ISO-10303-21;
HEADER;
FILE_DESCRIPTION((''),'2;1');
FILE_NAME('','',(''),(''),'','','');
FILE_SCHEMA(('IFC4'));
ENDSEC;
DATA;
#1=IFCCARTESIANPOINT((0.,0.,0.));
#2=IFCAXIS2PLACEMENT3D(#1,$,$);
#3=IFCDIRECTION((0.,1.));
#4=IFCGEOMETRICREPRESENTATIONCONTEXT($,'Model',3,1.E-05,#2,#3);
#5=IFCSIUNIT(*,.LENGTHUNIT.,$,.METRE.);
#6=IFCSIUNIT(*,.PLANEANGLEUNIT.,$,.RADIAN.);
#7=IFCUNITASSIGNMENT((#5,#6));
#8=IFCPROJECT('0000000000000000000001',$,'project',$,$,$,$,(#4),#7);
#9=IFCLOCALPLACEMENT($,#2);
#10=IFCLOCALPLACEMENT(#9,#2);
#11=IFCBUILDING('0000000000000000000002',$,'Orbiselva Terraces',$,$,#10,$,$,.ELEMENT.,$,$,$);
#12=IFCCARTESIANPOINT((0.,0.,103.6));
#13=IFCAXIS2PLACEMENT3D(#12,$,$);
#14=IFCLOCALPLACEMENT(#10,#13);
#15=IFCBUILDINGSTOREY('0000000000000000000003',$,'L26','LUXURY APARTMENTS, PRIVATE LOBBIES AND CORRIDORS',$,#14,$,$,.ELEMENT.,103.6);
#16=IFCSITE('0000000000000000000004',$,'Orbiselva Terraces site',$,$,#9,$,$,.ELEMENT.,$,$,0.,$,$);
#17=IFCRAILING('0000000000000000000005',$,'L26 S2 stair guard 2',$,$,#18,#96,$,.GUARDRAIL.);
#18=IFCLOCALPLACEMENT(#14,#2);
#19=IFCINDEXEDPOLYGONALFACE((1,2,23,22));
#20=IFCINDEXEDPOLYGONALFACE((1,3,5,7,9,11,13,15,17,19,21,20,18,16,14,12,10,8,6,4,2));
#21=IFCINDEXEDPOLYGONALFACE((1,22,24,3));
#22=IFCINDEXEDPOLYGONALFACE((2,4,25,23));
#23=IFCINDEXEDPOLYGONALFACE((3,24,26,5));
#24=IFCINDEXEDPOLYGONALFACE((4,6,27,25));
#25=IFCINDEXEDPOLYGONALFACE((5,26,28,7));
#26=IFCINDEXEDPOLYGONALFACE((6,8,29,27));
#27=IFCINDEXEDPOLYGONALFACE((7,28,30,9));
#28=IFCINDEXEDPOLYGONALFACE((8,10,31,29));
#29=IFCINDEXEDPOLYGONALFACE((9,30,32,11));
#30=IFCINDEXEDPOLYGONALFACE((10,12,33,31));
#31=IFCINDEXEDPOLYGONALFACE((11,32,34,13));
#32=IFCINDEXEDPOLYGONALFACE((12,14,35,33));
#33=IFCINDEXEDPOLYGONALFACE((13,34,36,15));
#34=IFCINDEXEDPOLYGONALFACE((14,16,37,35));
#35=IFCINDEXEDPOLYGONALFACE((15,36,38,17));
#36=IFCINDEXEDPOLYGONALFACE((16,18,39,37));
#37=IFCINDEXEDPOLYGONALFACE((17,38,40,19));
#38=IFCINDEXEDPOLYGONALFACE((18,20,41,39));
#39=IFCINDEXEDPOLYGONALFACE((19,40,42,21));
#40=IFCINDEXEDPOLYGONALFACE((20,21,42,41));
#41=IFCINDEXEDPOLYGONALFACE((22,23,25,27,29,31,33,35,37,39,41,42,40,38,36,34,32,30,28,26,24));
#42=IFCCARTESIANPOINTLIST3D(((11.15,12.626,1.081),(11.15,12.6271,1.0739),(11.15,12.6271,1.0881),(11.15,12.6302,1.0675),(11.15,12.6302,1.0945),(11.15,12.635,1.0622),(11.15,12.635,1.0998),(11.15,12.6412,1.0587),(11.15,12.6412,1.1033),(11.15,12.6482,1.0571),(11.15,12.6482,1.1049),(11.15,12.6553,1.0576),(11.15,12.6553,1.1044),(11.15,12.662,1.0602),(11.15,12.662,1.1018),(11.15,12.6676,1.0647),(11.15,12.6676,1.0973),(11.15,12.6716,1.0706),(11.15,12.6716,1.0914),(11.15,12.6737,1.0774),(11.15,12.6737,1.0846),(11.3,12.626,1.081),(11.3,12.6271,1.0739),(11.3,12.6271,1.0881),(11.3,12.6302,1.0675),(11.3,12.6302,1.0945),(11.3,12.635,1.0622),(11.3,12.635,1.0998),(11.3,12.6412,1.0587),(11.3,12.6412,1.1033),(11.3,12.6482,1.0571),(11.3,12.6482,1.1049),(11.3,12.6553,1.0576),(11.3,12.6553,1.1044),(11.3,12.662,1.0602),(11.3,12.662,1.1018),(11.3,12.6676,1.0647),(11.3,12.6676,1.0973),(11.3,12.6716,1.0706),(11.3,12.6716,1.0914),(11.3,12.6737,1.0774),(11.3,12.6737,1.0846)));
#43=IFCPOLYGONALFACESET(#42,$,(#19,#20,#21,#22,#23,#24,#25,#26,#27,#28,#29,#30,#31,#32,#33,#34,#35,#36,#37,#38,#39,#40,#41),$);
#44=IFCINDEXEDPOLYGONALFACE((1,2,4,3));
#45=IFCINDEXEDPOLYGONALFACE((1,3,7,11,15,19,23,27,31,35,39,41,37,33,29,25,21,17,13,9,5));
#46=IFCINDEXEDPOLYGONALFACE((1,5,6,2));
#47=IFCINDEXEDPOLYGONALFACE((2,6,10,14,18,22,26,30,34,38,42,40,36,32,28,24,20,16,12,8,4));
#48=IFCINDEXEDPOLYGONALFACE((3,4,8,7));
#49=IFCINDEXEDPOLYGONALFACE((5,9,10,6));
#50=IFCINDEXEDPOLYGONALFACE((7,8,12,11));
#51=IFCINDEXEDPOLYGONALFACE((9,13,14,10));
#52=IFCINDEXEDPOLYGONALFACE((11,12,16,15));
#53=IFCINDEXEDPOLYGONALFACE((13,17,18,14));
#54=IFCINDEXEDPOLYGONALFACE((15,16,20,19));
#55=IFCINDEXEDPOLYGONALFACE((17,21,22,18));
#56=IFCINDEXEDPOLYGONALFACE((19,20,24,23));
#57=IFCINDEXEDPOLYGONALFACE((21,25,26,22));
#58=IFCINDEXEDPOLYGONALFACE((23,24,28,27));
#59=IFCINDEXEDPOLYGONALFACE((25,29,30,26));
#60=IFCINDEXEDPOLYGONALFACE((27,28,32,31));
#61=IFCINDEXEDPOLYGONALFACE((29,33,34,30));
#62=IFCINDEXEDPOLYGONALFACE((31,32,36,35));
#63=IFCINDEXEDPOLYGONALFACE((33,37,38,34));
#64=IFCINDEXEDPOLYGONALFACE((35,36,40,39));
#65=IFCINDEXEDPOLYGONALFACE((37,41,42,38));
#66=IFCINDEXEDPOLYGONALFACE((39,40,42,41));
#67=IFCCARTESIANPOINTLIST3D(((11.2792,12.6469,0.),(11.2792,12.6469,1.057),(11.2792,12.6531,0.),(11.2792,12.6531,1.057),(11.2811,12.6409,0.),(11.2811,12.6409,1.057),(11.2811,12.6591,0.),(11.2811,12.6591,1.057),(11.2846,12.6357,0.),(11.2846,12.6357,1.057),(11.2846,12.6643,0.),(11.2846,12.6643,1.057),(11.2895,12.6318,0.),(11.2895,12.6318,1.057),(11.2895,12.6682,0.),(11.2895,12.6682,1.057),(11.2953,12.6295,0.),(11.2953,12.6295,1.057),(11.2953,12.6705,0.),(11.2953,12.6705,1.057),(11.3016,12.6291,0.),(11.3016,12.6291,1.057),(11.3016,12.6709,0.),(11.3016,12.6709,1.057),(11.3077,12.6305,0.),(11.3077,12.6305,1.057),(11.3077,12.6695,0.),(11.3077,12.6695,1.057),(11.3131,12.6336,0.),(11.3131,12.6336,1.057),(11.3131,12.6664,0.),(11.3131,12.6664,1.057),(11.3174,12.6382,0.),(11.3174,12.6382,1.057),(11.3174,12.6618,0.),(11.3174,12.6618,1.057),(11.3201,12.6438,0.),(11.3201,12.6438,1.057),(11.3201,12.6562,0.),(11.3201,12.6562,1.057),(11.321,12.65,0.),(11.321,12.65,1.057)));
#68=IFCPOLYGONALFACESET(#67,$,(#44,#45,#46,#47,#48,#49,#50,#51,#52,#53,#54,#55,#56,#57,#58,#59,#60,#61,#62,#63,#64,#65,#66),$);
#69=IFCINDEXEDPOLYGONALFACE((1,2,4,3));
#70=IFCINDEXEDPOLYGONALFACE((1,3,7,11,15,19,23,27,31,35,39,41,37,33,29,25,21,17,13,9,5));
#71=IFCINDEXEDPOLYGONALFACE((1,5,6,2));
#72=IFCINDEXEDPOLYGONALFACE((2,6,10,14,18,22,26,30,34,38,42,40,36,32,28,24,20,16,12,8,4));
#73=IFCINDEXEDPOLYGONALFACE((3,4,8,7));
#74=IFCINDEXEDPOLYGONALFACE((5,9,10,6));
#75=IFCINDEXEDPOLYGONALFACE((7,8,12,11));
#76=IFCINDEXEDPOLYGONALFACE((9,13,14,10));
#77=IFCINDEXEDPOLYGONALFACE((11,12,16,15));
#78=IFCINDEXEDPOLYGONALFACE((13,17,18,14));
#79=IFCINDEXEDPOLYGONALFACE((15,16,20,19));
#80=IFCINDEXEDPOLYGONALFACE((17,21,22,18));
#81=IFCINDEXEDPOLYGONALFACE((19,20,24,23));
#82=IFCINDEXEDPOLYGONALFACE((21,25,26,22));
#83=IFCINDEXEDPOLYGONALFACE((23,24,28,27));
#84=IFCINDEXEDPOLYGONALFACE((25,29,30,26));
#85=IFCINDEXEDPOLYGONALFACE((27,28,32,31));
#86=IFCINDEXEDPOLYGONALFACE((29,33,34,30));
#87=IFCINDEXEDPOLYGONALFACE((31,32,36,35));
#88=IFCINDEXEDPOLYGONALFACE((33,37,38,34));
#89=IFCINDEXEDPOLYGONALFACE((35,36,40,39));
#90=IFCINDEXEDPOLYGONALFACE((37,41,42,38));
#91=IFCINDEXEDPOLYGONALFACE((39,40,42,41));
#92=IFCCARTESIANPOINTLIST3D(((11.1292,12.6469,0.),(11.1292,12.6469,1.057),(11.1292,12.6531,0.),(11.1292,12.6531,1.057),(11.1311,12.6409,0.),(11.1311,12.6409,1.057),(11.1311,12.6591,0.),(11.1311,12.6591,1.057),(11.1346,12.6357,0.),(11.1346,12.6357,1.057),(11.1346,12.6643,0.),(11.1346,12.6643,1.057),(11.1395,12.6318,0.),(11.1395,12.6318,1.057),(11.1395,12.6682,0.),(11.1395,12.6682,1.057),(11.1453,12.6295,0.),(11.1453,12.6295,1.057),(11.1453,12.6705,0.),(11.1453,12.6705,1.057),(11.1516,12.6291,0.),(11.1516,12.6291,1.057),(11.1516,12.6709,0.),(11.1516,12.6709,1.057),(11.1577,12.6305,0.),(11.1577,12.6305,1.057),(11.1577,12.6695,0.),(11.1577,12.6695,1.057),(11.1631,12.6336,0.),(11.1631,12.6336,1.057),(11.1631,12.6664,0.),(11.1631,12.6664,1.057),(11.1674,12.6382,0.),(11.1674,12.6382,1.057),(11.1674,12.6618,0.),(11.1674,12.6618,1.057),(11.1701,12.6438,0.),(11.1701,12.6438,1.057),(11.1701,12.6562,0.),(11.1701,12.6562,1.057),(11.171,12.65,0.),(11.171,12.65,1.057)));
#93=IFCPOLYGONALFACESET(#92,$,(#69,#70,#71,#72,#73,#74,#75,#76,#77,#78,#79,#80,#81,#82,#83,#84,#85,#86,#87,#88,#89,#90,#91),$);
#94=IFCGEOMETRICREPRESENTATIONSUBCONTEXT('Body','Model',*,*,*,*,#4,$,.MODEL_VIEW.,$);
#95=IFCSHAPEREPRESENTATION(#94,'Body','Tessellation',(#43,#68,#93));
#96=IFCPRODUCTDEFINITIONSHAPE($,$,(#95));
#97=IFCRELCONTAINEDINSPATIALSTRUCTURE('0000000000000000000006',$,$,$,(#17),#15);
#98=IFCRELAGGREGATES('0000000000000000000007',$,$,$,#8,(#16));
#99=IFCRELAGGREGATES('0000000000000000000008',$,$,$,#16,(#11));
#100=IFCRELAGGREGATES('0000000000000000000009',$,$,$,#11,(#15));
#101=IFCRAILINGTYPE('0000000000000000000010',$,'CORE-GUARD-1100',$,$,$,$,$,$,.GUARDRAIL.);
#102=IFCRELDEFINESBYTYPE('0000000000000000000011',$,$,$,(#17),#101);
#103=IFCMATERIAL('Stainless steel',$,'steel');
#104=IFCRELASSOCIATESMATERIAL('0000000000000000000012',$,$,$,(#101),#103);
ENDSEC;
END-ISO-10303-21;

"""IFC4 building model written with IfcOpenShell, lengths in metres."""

from ifc_helpers import new_model, si_unit, direction, frame, origin, origin_2d, place, context, subcontext, project, spatial, circle, extrude, material, type_object, element, save


model = new_model("IFC4")

# Units and contexts
model_context = context("Model", 3, precision=1e-05, world=origin(), true_north=direction((0.0, 1.0)))
body_context = subcontext(model_context, "Body", "Model", "MODEL_VIEW")
ifc_project = project(units=[si_unit("LENGTHUNIT", "METRE"), si_unit("PLANEANGLEUNIT", "RADIAN")], contexts=[model_context])

# Site, building, storey
site_placement = place(None, origin())
site = spatial("IfcSite", under=ifc_project, at=site_placement, Name="Orbiselva Terraces site", CompositionType="ELEMENT", RefElevation=0.0)
building_placement = place(site_placement, origin())
building = spatial("IfcBuilding", under=site, at=building_placement, Name="Orbiselva Terraces", CompositionType="ELEMENT")
storey_placement = place(building_placement, frame((0.0, 0.0, 103.6)))
storey = spatial("IfcBuildingStorey", under=building, at=storey_placement, Name="L26", Description="LUXURY APARTMENTS, PRIVATE LOBBIES AND CORRIDORS", CompositionType="ELEMENT", Elevation=103.6)

# Railing
ifc_material_1 = material(Name="Stainless steel", Category="steel")
railing_type = type_object("IfcRailingType", Name="CORE-GUARD-1100", PredefinedType="GUARDRAIL", material=ifc_material_1)
railing_1_placement = place(storey_placement, frame((11.3, 12.65, 0.0)))
element("IfcRailing", 1, at=railing_1_placement, inside=storey, type_object=railing_type, Name="L26 S2 stair guard 2", PredefinedType="GUARDRAIL", context=body_context, shape_type="SweptSolid", body=[
    extrude(circle(Radius=0.024, at=origin_2d()), frame((0.0, 0.0, 1.081), z_axis=(-1.0, 0.0, 0.0), x_axis=(0.0, -1.0, 0.0)), (0.0, 0.0, 1.0), 0.15),
    extrude(circle(Radius=0.021, at=origin_2d()), origin(), (0.0, 0.0, 1.0), 1.057),
    extrude(circle(Radius=0.021, at=origin_2d()), frame((-0.15, 0.0, 0.0)), (0.0, 0.0, 1.0), 1.057),
])

save(model, "model.ifc")
